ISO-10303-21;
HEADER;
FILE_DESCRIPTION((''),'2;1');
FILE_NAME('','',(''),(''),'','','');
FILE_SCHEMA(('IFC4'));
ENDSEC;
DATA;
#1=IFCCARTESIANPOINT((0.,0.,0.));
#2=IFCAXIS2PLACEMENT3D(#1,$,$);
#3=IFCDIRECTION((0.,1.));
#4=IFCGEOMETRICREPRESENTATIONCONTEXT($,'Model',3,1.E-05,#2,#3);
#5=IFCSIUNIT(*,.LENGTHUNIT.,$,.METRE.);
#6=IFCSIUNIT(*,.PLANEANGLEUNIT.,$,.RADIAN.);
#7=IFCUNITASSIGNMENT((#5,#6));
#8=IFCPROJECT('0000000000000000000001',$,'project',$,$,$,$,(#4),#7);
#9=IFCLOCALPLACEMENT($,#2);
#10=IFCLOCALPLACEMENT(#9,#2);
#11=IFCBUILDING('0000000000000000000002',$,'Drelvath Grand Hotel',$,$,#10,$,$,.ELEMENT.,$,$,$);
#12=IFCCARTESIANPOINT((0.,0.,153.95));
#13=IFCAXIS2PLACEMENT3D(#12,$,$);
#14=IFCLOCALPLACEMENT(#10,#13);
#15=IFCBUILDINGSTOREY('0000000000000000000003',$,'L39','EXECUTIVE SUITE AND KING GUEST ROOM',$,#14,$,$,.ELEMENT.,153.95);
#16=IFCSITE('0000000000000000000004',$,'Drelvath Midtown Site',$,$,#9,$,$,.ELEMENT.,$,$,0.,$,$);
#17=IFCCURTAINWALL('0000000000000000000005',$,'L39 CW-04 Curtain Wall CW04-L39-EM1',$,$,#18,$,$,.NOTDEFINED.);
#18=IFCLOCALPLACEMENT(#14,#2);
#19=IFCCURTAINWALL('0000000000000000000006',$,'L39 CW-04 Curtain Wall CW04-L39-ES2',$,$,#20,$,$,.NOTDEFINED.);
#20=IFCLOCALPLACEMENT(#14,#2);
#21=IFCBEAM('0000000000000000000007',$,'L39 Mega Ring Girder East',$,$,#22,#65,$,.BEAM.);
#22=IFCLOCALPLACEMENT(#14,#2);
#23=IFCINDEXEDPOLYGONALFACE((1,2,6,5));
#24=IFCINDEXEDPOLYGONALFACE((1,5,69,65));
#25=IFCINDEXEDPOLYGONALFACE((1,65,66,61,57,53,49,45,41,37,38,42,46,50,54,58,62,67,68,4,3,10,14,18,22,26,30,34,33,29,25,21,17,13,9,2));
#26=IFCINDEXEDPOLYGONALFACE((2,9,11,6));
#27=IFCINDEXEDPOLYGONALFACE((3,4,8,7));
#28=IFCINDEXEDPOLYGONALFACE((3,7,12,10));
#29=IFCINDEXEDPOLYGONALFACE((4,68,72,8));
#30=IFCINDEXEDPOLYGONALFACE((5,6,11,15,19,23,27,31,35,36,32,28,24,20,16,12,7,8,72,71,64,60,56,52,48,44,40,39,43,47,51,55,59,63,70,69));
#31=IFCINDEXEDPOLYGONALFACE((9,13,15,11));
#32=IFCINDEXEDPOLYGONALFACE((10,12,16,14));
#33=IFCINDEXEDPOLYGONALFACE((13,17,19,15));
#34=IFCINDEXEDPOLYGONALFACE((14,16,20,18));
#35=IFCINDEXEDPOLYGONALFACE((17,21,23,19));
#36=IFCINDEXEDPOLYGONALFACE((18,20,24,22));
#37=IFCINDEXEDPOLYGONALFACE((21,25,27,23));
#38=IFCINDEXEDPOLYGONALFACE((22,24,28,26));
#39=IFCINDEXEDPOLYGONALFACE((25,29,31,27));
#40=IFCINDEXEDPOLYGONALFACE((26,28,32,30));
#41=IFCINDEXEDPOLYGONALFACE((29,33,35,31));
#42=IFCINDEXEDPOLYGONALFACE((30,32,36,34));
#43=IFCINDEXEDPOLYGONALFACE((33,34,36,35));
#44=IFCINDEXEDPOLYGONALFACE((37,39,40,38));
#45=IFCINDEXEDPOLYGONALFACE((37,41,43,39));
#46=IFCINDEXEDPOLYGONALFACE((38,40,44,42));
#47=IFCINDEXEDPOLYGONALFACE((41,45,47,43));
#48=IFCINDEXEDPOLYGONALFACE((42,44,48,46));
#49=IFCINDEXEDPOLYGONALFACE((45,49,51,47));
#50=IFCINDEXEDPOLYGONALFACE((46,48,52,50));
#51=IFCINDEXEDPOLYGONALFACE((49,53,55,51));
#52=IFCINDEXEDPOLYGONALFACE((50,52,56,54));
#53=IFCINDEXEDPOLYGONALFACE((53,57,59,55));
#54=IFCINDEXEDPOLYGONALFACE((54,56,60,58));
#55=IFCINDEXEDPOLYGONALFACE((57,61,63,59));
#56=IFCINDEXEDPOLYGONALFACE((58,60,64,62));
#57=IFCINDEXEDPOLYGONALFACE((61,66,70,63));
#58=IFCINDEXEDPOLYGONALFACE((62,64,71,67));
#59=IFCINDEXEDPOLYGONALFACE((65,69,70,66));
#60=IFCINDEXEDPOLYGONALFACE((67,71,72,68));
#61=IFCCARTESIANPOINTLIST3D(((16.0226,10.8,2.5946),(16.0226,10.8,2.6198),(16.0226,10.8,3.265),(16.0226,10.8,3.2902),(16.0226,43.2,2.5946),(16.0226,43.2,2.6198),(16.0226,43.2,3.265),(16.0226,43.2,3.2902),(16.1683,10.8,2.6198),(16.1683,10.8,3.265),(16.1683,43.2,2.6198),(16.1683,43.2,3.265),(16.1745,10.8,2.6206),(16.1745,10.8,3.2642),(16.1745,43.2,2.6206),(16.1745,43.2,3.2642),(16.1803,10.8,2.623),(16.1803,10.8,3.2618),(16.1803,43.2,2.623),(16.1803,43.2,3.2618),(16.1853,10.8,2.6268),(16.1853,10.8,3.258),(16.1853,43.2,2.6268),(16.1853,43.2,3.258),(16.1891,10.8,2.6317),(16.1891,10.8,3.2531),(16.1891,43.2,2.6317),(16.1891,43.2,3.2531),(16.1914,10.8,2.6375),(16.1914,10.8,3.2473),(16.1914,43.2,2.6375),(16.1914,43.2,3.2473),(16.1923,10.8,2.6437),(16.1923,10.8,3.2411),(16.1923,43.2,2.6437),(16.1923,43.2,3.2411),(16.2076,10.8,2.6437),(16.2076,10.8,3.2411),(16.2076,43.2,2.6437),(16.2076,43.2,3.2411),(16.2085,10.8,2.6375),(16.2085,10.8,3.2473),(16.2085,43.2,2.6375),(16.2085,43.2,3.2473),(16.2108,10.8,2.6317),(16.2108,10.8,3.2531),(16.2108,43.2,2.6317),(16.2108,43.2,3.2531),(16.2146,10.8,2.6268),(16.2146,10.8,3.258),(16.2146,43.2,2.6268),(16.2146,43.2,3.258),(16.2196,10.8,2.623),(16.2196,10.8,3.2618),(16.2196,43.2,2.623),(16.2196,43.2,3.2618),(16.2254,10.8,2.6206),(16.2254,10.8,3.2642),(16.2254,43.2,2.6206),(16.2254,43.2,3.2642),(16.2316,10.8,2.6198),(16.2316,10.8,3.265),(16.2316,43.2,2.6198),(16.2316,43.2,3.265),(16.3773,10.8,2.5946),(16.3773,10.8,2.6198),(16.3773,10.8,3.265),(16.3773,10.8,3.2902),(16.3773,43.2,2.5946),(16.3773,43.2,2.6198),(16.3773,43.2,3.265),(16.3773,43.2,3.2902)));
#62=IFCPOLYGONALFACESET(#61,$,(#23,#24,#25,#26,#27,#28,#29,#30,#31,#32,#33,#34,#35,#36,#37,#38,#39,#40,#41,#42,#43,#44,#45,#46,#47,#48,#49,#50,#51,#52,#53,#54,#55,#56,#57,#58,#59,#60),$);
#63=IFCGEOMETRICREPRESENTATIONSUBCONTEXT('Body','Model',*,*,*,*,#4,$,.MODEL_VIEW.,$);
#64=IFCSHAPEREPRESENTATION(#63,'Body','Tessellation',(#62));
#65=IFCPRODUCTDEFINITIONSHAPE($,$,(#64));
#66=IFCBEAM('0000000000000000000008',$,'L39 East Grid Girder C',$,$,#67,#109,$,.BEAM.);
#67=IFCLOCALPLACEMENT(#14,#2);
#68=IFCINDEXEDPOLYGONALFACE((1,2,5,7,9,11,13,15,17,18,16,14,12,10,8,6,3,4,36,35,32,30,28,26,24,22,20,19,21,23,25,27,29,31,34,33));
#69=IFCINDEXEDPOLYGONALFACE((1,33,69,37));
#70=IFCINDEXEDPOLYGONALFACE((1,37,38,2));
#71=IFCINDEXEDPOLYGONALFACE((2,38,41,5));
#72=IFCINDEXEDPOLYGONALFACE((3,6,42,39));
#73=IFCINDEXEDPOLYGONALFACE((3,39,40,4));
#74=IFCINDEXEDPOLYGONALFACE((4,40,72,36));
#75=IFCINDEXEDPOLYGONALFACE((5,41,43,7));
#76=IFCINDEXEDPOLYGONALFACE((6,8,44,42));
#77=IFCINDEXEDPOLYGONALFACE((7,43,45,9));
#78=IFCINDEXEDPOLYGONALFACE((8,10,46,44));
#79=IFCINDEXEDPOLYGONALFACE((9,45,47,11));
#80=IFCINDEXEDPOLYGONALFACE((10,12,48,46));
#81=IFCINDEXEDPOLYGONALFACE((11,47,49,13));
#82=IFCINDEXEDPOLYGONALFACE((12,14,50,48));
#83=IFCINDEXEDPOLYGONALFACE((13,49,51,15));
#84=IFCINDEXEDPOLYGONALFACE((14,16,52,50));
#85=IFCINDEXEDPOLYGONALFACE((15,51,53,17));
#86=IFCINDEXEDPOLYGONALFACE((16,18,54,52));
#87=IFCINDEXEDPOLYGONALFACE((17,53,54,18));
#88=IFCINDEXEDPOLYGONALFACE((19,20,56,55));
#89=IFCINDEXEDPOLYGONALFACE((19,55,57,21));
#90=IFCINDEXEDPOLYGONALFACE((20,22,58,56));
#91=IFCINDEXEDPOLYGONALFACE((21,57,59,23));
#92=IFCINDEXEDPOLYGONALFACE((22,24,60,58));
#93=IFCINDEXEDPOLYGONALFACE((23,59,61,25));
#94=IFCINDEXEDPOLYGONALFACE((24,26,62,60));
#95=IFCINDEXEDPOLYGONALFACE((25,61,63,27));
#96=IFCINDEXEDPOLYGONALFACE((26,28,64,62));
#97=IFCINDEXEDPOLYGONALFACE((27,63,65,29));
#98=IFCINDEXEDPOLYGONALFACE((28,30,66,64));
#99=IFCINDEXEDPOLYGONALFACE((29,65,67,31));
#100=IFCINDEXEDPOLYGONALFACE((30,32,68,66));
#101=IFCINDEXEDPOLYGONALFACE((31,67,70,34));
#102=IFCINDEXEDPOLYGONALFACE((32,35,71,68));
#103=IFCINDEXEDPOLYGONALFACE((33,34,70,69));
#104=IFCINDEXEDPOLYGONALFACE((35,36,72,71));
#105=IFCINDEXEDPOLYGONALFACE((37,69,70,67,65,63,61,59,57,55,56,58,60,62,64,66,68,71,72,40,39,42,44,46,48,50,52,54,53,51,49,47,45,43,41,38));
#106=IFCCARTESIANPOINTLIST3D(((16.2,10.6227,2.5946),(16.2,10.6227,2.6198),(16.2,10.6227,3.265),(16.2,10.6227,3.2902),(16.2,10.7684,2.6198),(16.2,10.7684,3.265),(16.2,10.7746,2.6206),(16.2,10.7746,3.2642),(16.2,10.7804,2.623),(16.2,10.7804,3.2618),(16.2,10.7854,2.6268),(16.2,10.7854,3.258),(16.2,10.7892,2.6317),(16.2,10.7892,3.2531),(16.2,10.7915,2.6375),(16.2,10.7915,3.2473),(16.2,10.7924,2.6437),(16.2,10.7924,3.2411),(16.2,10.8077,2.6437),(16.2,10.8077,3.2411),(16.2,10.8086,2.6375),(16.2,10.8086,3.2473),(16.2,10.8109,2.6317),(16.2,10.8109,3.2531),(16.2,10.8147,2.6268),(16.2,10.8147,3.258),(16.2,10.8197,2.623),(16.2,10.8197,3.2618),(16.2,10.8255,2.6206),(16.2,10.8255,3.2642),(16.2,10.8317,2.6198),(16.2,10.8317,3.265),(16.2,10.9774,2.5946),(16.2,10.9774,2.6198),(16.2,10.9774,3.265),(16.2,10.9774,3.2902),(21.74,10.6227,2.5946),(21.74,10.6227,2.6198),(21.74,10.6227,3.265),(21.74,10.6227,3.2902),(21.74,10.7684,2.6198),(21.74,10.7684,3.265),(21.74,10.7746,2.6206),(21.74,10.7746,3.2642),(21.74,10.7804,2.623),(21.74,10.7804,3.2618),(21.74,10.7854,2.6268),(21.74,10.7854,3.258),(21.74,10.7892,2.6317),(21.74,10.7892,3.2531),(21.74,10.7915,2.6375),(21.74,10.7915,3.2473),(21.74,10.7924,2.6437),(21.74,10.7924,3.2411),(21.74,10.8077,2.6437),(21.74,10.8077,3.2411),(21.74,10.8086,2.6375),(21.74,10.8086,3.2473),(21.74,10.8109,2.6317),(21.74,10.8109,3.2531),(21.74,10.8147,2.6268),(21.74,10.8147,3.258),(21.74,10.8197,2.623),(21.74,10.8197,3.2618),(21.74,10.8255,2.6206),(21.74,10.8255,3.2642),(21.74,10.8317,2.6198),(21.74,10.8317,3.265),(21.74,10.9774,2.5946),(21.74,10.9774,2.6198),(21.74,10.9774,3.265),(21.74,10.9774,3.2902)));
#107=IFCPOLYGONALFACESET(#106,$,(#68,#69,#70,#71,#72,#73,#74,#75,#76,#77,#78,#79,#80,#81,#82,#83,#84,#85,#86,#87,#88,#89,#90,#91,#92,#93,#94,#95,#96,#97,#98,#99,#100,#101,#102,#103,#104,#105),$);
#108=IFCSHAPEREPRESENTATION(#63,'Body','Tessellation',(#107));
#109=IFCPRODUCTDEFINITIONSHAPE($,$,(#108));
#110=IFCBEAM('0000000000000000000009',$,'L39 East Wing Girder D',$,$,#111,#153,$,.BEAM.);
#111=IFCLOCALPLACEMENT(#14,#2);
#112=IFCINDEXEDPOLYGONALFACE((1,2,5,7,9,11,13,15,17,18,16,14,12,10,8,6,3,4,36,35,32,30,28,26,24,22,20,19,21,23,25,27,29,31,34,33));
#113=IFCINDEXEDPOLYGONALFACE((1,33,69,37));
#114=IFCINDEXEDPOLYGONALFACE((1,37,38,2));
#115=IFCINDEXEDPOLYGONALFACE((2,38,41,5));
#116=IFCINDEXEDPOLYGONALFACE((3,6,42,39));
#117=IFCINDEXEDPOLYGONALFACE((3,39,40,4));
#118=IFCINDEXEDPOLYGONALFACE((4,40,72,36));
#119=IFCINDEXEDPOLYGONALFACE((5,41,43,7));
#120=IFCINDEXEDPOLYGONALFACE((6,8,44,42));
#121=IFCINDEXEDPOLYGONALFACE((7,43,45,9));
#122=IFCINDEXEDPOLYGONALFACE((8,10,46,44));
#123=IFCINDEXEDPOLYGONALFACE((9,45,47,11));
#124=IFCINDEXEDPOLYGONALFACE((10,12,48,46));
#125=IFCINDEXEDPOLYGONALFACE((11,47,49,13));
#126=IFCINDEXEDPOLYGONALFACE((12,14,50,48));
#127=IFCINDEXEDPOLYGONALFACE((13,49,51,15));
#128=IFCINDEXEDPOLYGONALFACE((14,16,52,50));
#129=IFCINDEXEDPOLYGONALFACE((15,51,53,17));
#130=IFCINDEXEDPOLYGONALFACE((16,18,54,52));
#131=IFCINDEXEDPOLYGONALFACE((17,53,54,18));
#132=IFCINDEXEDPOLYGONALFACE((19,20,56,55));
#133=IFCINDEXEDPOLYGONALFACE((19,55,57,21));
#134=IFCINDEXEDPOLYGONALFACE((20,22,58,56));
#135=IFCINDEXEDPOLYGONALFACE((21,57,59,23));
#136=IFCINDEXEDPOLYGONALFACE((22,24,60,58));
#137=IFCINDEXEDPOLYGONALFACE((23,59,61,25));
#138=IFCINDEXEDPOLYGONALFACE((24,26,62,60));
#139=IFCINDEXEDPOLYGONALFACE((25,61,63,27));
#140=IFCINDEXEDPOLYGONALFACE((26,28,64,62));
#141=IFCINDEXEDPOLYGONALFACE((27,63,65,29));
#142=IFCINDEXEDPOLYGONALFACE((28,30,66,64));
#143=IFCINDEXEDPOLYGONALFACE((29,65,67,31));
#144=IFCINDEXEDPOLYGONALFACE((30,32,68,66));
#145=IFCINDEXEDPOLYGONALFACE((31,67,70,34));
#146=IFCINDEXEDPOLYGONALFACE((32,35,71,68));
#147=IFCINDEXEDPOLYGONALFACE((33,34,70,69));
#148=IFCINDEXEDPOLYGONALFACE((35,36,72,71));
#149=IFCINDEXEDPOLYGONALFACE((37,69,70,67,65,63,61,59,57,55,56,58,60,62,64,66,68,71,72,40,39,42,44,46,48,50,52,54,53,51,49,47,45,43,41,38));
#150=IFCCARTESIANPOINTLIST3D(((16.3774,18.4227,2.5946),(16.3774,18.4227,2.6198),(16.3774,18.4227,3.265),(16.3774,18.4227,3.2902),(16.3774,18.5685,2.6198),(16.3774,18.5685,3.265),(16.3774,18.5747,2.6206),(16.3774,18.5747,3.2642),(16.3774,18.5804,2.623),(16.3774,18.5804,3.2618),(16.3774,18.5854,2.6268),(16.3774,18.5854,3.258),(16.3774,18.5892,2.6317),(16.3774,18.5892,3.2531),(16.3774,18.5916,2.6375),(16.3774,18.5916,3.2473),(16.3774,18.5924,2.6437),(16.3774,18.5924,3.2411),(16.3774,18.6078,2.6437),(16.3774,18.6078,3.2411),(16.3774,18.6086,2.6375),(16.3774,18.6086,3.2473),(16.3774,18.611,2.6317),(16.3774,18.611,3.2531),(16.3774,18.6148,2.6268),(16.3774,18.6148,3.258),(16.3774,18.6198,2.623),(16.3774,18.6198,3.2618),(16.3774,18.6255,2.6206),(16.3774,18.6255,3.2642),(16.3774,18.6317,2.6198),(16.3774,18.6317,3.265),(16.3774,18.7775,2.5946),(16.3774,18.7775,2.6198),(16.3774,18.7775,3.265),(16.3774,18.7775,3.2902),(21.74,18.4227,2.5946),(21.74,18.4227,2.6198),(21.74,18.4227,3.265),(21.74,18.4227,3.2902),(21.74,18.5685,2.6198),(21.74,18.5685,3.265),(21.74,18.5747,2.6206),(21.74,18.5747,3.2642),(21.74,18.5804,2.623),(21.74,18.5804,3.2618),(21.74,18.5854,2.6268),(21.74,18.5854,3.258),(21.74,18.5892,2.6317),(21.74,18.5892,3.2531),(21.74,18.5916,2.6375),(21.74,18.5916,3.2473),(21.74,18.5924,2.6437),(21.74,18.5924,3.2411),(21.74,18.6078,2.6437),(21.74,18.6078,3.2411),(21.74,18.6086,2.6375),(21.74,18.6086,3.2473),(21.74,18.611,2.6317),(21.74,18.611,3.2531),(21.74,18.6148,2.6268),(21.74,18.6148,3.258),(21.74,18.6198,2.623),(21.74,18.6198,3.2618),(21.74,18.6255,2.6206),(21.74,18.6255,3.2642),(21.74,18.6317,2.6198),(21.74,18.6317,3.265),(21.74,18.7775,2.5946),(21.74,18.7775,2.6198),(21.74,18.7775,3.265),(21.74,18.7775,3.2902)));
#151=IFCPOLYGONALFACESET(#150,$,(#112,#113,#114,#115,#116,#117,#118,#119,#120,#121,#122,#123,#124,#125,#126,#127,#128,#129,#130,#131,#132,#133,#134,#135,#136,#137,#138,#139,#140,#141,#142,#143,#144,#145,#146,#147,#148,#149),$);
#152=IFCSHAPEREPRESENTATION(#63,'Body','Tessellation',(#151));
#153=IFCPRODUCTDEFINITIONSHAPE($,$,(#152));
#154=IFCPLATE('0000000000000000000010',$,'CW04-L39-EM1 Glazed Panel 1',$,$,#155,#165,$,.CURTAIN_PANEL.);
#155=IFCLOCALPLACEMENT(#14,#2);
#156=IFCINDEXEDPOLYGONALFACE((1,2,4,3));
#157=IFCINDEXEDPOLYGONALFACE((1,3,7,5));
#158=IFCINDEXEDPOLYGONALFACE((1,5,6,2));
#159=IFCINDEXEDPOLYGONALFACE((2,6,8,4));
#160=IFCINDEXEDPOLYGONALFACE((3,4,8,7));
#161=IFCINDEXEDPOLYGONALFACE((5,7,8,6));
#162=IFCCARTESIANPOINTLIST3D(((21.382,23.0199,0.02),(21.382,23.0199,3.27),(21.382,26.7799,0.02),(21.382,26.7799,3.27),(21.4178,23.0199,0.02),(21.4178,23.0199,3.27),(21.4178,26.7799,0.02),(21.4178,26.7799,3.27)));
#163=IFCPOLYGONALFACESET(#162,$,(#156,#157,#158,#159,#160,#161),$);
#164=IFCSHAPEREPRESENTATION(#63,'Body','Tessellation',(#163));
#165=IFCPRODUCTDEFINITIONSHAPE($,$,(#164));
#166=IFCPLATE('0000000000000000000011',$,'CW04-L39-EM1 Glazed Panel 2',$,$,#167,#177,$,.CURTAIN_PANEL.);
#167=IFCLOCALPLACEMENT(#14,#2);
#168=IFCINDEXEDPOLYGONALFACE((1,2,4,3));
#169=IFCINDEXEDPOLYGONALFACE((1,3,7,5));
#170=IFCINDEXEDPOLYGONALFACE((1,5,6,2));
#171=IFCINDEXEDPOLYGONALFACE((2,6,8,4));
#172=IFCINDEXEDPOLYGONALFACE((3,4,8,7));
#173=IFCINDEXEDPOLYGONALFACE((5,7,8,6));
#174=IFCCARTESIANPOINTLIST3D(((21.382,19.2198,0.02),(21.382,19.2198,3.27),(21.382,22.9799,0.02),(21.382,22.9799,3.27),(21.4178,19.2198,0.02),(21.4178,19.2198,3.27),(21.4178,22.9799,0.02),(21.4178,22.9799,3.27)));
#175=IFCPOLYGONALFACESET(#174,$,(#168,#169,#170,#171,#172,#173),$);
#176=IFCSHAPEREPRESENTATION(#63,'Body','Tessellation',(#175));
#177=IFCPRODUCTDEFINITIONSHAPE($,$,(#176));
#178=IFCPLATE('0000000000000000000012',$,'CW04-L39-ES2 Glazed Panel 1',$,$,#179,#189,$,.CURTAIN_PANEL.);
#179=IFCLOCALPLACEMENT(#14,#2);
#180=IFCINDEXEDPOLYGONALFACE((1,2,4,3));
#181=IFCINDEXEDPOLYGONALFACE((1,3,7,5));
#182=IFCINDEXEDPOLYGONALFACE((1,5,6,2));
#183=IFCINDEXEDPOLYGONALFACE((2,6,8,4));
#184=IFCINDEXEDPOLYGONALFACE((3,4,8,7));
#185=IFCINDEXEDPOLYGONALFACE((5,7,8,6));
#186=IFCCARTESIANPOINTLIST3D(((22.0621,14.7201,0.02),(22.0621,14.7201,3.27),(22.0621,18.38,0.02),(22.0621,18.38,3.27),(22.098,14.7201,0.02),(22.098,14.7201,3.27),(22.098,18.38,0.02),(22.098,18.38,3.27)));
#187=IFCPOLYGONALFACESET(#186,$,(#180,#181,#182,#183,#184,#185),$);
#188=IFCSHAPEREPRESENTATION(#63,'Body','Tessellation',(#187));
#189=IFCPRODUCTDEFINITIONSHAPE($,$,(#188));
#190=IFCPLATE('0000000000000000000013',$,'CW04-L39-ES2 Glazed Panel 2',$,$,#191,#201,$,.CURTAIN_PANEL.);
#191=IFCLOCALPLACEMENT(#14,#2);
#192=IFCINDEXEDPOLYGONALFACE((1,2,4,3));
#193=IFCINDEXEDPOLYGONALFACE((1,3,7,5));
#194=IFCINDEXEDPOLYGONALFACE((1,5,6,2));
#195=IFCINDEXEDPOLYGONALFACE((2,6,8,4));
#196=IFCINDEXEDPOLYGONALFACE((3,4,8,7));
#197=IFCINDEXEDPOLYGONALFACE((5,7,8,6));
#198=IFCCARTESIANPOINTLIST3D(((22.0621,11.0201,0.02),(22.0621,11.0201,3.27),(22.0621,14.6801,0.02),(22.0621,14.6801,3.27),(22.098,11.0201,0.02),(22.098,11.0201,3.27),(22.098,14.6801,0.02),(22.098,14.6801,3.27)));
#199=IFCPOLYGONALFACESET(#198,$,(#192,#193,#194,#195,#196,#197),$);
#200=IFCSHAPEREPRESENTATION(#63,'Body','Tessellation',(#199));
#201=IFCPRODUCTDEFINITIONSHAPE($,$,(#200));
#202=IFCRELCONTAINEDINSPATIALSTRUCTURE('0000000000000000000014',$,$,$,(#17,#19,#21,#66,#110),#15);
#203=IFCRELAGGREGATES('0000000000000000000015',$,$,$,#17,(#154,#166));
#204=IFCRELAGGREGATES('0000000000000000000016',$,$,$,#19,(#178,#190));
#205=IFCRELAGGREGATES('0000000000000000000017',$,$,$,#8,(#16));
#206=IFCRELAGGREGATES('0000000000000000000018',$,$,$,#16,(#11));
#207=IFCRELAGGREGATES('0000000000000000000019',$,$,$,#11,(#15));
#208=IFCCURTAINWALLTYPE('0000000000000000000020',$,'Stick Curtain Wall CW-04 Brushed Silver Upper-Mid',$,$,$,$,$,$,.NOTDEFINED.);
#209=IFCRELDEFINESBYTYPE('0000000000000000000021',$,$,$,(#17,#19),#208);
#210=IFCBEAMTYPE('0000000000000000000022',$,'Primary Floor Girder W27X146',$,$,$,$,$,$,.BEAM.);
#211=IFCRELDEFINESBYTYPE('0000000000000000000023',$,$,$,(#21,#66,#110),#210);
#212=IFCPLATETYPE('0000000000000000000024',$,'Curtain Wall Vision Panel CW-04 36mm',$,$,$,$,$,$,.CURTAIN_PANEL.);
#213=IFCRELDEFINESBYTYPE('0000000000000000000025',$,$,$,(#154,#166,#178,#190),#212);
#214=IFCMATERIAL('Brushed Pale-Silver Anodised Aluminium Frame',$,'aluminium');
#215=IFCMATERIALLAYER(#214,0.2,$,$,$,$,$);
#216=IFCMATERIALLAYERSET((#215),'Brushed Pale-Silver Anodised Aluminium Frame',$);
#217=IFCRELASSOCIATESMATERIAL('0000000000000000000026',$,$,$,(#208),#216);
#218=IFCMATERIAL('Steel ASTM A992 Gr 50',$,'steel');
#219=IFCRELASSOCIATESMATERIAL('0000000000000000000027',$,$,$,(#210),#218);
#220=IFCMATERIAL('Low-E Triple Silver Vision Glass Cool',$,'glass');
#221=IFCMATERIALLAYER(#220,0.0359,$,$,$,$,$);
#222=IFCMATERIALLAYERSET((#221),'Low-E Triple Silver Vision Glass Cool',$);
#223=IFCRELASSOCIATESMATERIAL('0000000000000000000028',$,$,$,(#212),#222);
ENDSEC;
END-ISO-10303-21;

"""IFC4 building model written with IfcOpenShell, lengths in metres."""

from ifc_helpers import new_model, si_unit, direction, frame, origin, origin_2d, place, context, subcontext, project, spatial, rectangle, i_section, extrude, material, layer, layer_set, material_profile, profile_set, type_object, element, aggregate, save


model = new_model("IFC4")

# Units and contexts
model_context = context("Model", 3, precision=1e-05, world=origin(), true_north=direction((0.0, 1.0)))
body_context = subcontext(model_context, "Body", "Model", "MODEL_VIEW")
ifc_project = project(units=[si_unit("LENGTHUNIT", "METRE"), si_unit("PLANEANGLEUNIT", "RADIAN")], contexts=[model_context])

# Site, building, storey
site_placement = place(None, origin())
site = spatial("IfcSite", under=ifc_project, at=site_placement, Name="Drelvath Midtown Site", CompositionType="ELEMENT", RefElevation=0.0)
building_placement = place(site_placement, origin())
building = spatial("IfcBuilding", under=site, at=building_placement, Name="Drelvath Grand Hotel", CompositionType="ELEMENT")
storey_placement = place(building_placement, frame((0.0, 0.0, 153.95)))
storey = spatial("IfcBuildingStorey", under=building, at=storey_placement, Name="L39", Description="EXECUTIVE SUITE AND KING GUEST ROOM", CompositionType="ELEMENT", Elevation=153.95)

# Curtain walls
ifc_material_1 = material(Name="Brushed Pale-Silver Anodised Aluminium Frame", Category="aluminium")
ifc_layer_1 = layer(ifc_material_1, 0.2)
ifc_layer_set_1 = layer_set([ifc_layer_1], Name="Brushed Pale-Silver Anodised Aluminium Frame")
curtain_wall_type = type_object("IfcCurtainWallType", Name="Stick Curtain Wall CW-04 Brushed Silver Upper-Mid", PredefinedType="NOTDEFINED", material=ifc_layer_set_1)
curtain_wall_1_placement = place(storey_placement, origin())
curtain_wall_1 = element("IfcCurtainWall", 1, at=curtain_wall_1_placement, inside=storey, type_object=curtain_wall_type, Name="L39 CW-04 Curtain Wall CW04-L39-EM1", PredefinedType="NOTDEFINED")
curtain_wall_2_placement = place(storey_placement, origin())
curtain_wall_2 = element("IfcCurtainWall", 2, at=curtain_wall_2_placement, inside=storey, type_object=curtain_wall_type, Name="L39 CW-04 Curtain Wall CW04-L39-ES2", PredefinedType="NOTDEFINED")

# Beams
ifc_material_2 = material(Name="Steel ASTM A992 Gr 50", Category="steel")
ifc_material_profile_1 = material_profile(ifc_material_2, i_section(OverallWidth=0.3547, OverallDepth=0.6956, WebThickness=0.0154, FlangeThickness=0.0251, FilletRadius=0.0239, at=origin_2d()), Name="W27X146")
ifc_profile_set_1 = profile_set([ifc_material_profile_1], Name="Steel ASTM A992 Gr 50")
beam_type_1 = type_object("IfcBeamType", Name="Primary Floor Girder W27X146", PredefinedType="BEAM", material=ifc_profile_set_1)
beam_1_placement = place(storey_placement, frame((16.2, 10.8, 2.9424), z_axis=(0.0, 1.0, 0.0), x_axis=(-1.0, 0.0, 0.0)))
element("IfcBeam", 3, at=beam_1_placement, inside=storey, type_object=beam_type_1, Name="L39 Mega Ring Girder East", PredefinedType="BEAM", context=body_context, shape_type="SweptSolid", body=[
    extrude(i_section(OverallWidth=0.3547, OverallDepth=0.6956, WebThickness=0.0154, FlangeThickness=0.0251, FilletRadius=0.0239, at=origin_2d()), origin(), (0.0, 0.0, 1.0), 32.3999),
])
beam_2_placement = place(storey_placement, frame((16.2, 10.8, 2.9424), z_axis=(1.0, 0.0, 0.0), x_axis=(0.0, 1.0, 0.0)))
element("IfcBeam", 4, at=beam_2_placement, inside=storey, type_object=beam_type_1, Name="L39 East Grid Girder C", PredefinedType="BEAM", context=body_context, shape_type="SweptSolid", body=[
    extrude(i_section(OverallWidth=0.3547, OverallDepth=0.6956, WebThickness=0.0154, FlangeThickness=0.0251, FilletRadius=0.0239, at=origin_2d()), origin(), (0.0, 0.0, 1.0), 5.54),
])
beam_3_placement = place(storey_placement, frame((16.3774, 18.6001, 2.9424), z_axis=(1.0, 0.0, 0.0), x_axis=(0.0, 1.0, 0.0)))
element("IfcBeam", 5, at=beam_3_placement, inside=storey, type_object=beam_type_1, Name="L39 East Wing Girder D", PredefinedType="BEAM", context=body_context, shape_type="SweptSolid", body=[
    extrude(i_section(OverallWidth=0.3547, OverallDepth=0.6956, WebThickness=0.0154, FlangeThickness=0.0251, FilletRadius=0.0239, at=origin_2d()), origin(), (0.0, 0.0, 1.0), 5.3625),
])

# Plates
ifc_material_3 = material(Name="Low-E Triple Silver Vision Glass Cool", Category="glass")
ifc_layer_2 = layer(ifc_material_3, 0.0359)
ifc_layer_set_2 = layer_set([ifc_layer_2], Name="Low-E Triple Silver Vision Glass Cool")
plate_type = type_object("IfcPlateType", Name="Curtain Wall Vision Panel CW-04 36mm", PredefinedType="CURTAIN_PANEL", material=ifc_layer_set_2)
plate_1_placement = place(storey_placement, frame((21.3999, 24.8999, 0.02), z_axis=(0.0, 0.0, 1.0), x_axis=(0.0, -1.0, 0.0)))
plate_1 = element("IfcPlate", 6, at=plate_1_placement, type_object=plate_type, Name="CW04-L39-EM1 Glazed Panel 1", PredefinedType="CURTAIN_PANEL", context=body_context, shape_type="SweptSolid", body=[
    extrude(rectangle(XDim=3.76, YDim=0.0359, at=origin_2d()), origin(), (0.0, 0.0, 1.0), 3.25),
])
plate_2_placement = place(storey_placement, frame((21.3999, 21.0999, 0.02), z_axis=(0.0, 0.0, 1.0), x_axis=(0.0, -1.0, 0.0)))
plate_2 = element("IfcPlate", 7, at=plate_2_placement, type_object=plate_type, Name="CW04-L39-EM1 Glazed Panel 2", PredefinedType="CURTAIN_PANEL", context=body_context, shape_type="SweptSolid", body=[
    extrude(rectangle(XDim=3.76, YDim=0.0359, at=origin_2d()), origin(), (0.0, 0.0, 1.0), 3.25),
])
aggregate(curtain_wall_1, [plate_1, plate_2])
plate_3_placement = place(storey_placement, frame((22.0801, 16.55, 0.02), z_axis=(0.0, 0.0, 1.0), x_axis=(0.0, -1.0, 0.0)))
plate_3 = element("IfcPlate", 8, at=plate_3_placement, type_object=plate_type, Name="CW04-L39-ES2 Glazed Panel 1", PredefinedType="CURTAIN_PANEL", context=body_context, shape_type="SweptSolid", body=[
    extrude(rectangle(XDim=3.6599, YDim=0.0359, at=origin_2d()), origin(), (0.0, 0.0, 1.0), 3.25),
])
plate_4_placement = place(storey_placement, frame((22.0801, 12.8501, 0.02), z_axis=(0.0, 0.0, 1.0), x_axis=(0.0, -1.0, 0.0)))
plate_4 = element("IfcPlate", 9, at=plate_4_placement, type_object=plate_type, Name="CW04-L39-ES2 Glazed Panel 2", PredefinedType="CURTAIN_PANEL", context=body_context, shape_type="SweptSolid", body=[
    extrude(rectangle(XDim=3.6599, YDim=0.0359, at=origin_2d()), origin(), (0.0, 0.0, 1.0), 3.25),
])
aggregate(curtain_wall_2, [plate_3, plate_4])

save(model, "model.ifc")
